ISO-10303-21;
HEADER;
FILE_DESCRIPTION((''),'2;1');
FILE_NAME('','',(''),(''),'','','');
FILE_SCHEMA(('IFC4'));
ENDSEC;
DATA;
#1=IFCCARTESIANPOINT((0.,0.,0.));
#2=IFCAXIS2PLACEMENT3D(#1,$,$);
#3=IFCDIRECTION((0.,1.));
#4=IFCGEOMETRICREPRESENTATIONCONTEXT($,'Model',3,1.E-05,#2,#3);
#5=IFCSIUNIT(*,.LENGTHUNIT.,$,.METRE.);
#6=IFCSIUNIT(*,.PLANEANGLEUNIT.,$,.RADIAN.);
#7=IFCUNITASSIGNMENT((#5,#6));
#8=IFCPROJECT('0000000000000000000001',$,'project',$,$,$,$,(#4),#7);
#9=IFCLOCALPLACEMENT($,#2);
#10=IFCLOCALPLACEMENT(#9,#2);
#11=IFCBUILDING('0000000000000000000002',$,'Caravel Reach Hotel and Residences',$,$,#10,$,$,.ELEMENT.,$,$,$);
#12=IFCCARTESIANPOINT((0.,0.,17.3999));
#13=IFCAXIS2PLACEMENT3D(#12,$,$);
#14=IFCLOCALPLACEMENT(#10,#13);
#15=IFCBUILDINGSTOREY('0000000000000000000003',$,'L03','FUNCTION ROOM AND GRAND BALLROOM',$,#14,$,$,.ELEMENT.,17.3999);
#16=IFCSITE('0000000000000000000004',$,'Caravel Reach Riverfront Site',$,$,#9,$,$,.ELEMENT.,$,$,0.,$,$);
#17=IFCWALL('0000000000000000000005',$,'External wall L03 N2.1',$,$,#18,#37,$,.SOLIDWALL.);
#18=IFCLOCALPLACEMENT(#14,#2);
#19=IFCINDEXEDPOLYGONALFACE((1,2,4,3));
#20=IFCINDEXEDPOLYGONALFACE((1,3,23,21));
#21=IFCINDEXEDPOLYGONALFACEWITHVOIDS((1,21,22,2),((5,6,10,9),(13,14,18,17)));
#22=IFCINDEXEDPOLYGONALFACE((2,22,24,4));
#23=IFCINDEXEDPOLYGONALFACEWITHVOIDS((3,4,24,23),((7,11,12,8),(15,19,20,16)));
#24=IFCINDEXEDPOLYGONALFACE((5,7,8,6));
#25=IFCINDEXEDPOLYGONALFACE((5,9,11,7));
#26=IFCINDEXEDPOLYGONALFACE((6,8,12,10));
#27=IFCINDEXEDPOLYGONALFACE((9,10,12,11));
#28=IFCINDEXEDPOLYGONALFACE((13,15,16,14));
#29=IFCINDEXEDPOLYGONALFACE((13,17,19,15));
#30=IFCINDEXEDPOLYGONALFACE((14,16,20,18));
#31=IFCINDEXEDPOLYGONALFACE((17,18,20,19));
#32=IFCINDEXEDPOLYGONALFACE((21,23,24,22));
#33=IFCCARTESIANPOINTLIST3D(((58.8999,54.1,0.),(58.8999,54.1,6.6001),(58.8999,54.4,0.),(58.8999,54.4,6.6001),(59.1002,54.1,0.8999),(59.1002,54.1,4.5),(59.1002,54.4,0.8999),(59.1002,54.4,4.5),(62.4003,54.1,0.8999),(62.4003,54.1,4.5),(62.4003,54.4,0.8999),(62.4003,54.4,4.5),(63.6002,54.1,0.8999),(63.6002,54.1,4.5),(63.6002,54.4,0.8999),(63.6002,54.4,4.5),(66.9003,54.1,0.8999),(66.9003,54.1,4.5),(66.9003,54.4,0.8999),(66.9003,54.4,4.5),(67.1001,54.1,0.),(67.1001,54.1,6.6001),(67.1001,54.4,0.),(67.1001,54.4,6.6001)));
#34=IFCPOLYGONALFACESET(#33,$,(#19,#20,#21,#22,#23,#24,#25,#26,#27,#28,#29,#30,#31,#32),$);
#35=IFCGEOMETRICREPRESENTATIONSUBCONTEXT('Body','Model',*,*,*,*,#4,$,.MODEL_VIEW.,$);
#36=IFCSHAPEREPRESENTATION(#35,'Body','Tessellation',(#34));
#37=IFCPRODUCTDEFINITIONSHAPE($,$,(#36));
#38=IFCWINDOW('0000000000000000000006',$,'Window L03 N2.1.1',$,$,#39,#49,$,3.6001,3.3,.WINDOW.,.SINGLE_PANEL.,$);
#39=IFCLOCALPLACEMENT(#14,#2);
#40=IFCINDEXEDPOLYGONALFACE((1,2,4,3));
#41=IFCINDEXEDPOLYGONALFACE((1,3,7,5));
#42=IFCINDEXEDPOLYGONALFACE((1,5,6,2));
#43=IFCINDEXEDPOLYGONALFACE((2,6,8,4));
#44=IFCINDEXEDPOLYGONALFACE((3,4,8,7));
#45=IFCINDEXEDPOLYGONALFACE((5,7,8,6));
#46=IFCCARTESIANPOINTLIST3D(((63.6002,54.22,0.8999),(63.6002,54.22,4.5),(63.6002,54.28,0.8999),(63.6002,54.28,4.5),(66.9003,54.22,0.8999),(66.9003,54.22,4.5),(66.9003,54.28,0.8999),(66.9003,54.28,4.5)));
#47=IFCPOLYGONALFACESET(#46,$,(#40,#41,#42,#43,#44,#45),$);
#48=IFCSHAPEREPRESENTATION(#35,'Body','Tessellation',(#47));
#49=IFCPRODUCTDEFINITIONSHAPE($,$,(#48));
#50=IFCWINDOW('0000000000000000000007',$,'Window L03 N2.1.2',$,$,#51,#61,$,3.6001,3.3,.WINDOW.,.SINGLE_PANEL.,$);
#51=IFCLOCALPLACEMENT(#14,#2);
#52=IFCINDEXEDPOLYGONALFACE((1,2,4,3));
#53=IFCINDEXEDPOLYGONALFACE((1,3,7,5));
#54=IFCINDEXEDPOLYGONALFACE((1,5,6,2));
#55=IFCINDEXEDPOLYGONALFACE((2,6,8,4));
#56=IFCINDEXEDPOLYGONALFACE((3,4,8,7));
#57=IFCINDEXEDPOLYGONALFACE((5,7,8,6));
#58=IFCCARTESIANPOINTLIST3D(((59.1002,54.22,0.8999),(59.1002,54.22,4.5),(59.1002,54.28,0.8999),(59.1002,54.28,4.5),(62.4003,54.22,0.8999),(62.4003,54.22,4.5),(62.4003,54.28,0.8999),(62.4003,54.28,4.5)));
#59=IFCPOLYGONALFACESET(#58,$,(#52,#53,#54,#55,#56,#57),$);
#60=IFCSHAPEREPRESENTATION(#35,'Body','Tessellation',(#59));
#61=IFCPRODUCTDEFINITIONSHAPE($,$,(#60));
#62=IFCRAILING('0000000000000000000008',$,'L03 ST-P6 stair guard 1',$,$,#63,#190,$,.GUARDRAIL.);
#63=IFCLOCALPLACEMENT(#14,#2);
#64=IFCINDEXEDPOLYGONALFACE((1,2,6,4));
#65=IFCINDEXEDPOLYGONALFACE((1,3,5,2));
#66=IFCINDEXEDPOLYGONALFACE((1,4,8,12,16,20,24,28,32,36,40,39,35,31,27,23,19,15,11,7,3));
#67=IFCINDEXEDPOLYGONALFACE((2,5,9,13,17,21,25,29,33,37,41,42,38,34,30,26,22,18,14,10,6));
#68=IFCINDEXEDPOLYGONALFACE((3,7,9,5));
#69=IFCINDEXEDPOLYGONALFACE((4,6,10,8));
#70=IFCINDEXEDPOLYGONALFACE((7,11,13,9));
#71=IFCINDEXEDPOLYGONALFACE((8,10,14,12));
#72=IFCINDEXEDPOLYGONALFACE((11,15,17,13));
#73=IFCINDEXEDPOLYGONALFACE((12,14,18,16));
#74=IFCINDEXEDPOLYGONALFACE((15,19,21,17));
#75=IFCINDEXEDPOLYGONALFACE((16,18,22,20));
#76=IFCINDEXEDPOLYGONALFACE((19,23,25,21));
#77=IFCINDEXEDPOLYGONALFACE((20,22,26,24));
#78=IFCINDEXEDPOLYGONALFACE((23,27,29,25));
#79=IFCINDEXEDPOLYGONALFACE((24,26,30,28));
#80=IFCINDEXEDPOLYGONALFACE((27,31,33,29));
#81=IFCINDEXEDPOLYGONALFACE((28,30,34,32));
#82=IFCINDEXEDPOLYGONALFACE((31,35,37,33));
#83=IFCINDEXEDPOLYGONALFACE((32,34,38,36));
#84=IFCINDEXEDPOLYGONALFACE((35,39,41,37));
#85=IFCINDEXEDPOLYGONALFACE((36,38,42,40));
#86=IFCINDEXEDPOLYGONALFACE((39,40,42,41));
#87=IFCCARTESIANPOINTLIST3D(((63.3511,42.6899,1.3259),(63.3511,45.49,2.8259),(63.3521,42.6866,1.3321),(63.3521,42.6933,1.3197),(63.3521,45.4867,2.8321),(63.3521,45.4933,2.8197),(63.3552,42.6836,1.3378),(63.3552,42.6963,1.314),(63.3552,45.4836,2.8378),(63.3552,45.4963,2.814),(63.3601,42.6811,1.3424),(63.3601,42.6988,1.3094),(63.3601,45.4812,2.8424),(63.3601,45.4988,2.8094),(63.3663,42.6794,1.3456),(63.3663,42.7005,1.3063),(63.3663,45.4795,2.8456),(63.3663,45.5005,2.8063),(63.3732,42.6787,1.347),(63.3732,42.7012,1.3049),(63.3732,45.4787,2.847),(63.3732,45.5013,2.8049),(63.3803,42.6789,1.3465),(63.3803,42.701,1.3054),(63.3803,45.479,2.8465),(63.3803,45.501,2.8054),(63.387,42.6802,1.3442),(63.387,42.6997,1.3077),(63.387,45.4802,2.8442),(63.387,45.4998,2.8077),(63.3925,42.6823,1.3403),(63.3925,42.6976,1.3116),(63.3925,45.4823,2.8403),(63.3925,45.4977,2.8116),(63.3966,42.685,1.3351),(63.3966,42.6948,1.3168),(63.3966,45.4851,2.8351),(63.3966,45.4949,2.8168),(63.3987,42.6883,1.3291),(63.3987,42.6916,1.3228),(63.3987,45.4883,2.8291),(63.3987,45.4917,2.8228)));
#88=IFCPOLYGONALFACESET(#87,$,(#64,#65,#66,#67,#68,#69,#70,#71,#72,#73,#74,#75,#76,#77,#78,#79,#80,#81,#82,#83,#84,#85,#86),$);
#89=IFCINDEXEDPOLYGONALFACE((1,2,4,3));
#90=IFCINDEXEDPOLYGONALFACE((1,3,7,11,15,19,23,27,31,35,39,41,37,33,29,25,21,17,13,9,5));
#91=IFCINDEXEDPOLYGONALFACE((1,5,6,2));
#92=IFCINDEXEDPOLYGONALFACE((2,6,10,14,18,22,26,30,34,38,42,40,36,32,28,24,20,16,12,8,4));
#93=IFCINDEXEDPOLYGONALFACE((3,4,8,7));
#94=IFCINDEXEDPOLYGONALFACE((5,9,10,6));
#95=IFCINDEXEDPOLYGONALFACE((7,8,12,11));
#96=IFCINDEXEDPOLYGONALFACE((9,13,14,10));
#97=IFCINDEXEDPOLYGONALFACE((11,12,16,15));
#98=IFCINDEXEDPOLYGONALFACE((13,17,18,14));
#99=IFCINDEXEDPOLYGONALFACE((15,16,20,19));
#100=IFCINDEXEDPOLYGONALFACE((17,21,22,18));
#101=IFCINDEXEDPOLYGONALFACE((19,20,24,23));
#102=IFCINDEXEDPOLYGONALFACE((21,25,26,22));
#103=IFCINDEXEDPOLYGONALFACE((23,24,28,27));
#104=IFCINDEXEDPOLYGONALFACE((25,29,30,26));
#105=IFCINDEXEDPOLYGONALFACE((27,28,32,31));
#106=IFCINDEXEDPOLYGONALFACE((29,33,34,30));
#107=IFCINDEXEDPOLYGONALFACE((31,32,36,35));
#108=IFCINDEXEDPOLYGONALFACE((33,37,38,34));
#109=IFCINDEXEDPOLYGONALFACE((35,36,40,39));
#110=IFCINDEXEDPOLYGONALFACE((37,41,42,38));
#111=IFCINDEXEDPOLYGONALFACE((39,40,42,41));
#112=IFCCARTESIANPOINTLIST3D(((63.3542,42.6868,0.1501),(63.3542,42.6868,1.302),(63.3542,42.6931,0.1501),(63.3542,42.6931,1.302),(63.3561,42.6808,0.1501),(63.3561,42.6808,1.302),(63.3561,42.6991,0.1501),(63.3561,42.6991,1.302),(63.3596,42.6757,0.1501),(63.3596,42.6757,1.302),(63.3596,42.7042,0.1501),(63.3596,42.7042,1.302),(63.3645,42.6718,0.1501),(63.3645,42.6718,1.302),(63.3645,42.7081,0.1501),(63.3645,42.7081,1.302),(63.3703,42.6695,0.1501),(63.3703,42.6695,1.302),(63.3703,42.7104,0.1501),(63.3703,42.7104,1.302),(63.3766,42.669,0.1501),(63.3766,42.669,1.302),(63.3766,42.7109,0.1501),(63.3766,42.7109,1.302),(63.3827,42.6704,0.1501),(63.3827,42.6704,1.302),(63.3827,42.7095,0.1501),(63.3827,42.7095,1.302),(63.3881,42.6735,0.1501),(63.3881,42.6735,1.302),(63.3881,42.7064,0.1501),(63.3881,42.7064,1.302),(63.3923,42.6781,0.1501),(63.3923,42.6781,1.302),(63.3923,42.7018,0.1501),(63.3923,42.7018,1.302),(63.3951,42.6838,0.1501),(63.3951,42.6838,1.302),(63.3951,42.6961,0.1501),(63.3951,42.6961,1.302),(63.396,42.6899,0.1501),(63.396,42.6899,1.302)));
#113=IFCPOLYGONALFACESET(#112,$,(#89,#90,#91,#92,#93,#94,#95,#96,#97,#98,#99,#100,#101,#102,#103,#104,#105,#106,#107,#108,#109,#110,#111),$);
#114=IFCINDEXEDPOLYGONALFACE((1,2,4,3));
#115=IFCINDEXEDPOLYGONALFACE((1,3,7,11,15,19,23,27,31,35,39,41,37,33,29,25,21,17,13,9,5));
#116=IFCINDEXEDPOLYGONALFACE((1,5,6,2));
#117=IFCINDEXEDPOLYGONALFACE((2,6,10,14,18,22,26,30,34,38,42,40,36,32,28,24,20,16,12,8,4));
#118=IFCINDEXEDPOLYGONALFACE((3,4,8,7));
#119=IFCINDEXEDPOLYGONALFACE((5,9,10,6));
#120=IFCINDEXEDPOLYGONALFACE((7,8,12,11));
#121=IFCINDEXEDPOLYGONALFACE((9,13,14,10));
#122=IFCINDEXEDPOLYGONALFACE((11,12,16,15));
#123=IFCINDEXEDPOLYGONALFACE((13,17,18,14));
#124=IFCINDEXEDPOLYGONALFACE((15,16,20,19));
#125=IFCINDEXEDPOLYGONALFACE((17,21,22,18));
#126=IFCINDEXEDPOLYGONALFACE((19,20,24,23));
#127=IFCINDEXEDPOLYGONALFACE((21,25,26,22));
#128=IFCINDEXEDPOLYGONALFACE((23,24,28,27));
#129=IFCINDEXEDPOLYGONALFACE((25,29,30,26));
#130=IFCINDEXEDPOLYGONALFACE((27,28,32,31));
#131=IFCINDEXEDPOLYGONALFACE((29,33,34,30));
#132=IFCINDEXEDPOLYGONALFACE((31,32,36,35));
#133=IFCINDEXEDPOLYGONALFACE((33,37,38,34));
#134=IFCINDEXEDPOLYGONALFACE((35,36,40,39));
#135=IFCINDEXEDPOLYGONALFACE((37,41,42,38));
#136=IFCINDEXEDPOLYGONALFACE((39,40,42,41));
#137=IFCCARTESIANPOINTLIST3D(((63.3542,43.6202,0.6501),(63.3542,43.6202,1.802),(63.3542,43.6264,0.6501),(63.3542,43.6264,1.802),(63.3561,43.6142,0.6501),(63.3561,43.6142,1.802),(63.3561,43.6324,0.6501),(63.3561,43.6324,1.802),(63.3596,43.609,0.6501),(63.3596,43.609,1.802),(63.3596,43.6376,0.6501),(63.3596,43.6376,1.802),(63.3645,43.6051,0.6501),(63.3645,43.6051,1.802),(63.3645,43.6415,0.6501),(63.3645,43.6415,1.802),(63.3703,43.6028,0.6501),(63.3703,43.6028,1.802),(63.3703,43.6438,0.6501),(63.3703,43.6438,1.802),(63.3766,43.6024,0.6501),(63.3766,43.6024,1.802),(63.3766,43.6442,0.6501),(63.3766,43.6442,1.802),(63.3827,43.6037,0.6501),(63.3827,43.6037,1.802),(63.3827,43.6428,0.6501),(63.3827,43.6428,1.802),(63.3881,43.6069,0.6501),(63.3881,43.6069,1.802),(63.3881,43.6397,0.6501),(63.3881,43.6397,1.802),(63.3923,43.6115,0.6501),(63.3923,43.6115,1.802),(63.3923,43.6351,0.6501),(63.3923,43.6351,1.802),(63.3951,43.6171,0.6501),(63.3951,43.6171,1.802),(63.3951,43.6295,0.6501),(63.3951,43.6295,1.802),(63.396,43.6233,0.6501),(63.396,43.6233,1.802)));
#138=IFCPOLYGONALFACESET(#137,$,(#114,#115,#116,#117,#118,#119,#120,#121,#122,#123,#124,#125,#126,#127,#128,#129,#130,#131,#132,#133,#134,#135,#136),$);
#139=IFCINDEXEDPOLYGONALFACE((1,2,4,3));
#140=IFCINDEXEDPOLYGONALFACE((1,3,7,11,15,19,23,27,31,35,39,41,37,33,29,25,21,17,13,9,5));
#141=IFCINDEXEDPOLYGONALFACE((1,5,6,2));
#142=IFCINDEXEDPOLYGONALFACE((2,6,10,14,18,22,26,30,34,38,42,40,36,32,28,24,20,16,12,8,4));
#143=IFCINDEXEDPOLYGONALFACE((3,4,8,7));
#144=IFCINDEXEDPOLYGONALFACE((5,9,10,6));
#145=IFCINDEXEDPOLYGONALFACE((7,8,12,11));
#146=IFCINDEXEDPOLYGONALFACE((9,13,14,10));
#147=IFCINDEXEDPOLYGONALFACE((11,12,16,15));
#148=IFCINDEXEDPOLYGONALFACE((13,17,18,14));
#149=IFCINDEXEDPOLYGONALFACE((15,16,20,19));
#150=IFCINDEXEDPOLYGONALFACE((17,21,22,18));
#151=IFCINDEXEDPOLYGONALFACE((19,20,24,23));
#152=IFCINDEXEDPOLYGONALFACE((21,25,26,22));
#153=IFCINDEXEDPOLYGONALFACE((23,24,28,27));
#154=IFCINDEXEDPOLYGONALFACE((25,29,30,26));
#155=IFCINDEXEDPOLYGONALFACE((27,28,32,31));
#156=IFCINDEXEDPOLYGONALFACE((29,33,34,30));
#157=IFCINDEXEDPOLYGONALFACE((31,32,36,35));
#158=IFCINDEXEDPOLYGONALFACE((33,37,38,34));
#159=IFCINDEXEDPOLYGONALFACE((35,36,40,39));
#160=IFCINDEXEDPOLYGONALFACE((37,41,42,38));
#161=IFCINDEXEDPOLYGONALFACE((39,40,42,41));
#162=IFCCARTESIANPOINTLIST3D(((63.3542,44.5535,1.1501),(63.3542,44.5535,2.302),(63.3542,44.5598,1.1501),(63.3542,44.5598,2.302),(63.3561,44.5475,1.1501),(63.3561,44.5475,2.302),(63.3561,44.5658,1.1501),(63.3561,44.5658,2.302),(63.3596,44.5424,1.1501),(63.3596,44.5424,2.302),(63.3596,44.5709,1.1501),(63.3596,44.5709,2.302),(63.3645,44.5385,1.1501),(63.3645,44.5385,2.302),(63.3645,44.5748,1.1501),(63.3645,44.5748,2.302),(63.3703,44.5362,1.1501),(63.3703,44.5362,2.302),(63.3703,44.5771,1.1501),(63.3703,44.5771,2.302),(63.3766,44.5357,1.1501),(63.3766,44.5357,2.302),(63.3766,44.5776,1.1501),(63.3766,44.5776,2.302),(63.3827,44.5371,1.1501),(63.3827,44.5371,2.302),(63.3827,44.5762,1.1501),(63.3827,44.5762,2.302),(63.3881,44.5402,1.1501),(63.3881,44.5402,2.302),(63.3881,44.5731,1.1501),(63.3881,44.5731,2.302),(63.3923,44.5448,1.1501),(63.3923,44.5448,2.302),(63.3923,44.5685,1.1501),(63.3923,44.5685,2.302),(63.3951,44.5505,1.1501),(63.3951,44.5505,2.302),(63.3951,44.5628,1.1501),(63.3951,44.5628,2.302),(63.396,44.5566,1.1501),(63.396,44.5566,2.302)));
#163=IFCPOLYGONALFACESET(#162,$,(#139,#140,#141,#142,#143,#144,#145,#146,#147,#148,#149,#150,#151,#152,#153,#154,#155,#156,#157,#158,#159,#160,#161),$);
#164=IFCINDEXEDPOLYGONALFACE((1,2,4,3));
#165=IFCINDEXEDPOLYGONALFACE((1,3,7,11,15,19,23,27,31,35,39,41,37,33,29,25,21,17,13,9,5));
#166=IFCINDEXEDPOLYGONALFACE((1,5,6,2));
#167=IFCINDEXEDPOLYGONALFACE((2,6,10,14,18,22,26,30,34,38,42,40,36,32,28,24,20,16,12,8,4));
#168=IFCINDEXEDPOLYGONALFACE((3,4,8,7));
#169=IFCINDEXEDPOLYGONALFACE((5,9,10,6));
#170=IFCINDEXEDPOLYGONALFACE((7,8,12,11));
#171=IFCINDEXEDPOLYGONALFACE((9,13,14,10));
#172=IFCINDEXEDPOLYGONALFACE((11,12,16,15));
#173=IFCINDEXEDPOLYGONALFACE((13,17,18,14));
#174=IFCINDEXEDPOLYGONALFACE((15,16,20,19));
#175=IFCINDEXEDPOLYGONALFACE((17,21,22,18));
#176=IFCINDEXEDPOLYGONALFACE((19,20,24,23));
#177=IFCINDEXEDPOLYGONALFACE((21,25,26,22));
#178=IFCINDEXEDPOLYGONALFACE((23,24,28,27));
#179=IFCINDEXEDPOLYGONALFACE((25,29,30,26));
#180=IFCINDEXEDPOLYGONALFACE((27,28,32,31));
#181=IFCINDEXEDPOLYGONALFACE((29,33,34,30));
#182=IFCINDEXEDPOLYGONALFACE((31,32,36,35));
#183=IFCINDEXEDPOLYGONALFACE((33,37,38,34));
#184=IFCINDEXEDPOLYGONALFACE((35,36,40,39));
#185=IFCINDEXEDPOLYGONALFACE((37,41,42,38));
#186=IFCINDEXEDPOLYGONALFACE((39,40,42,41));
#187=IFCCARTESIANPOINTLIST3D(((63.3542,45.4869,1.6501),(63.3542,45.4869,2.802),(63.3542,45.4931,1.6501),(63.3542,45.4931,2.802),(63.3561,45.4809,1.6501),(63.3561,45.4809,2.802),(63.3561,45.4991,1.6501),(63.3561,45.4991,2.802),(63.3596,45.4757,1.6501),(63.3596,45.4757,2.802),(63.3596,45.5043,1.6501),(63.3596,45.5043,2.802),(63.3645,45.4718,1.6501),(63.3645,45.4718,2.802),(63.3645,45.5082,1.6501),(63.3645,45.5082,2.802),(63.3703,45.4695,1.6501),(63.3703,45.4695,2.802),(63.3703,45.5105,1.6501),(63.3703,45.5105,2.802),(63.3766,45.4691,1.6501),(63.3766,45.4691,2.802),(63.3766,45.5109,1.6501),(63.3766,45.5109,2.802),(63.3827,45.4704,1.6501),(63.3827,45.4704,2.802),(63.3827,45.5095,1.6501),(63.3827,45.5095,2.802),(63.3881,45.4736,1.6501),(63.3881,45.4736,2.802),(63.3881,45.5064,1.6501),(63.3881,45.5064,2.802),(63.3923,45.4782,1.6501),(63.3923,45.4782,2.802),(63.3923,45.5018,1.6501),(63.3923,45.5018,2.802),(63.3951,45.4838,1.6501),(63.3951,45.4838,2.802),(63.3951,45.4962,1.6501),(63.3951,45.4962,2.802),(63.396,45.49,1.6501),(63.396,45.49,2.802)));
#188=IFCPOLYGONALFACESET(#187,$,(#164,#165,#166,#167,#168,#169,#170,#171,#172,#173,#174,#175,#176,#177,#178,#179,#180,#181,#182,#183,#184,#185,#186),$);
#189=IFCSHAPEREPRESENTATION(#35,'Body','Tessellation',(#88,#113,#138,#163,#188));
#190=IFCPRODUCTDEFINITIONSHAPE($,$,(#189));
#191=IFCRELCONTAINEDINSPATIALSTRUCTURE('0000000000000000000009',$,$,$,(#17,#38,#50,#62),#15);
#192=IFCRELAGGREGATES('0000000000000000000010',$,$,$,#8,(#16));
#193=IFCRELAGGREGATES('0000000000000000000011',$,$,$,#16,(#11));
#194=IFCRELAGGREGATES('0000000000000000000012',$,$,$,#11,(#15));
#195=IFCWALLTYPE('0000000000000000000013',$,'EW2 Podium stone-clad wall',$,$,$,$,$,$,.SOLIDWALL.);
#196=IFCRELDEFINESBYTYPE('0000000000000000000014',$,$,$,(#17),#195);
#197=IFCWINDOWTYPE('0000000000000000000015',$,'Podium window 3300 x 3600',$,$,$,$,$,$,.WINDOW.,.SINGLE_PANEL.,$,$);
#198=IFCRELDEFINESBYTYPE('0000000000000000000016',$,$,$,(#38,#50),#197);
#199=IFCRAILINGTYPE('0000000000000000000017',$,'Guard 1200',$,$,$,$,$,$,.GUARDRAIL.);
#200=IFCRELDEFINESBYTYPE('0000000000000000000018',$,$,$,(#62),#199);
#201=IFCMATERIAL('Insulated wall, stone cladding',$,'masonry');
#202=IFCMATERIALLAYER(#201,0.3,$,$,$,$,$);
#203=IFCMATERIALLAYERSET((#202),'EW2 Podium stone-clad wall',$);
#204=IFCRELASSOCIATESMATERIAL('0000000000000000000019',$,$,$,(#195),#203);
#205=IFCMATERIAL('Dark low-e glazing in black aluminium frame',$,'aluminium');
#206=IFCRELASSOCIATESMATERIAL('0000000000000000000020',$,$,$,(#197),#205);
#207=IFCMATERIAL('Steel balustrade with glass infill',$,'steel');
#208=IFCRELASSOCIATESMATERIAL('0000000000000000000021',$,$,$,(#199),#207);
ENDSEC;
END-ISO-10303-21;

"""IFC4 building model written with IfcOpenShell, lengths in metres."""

from ifc_helpers import new_model, si_unit, direction, frame, frame_2d, origin, origin_2d, place, context, subcontext, project, spatial, rectangle, circle, extrude, material, layer, layer_set, type_object, element, fill, save


model = new_model("IFC4")

# Units and contexts
model_context = context("Model", 3, precision=1e-05, world=origin(), true_north=direction((0.0, 1.0)))
body_context = subcontext(model_context, "Body", "Model", "MODEL_VIEW")
ifc_project = project(units=[si_unit("LENGTHUNIT", "METRE"), si_unit("PLANEANGLEUNIT", "RADIAN")], contexts=[model_context])

# Site, building, storey
site_placement = place(None, origin())
site = spatial("IfcSite", under=ifc_project, at=site_placement, Name="Caravel Reach Riverfront Site", CompositionType="ELEMENT", RefElevation=0.0)
building_placement = place(site_placement, origin())
building = spatial("IfcBuilding", under=site, at=building_placement, Name="Caravel Reach Hotel and Residences", CompositionType="ELEMENT")
storey_placement = place(building_placement, frame((0.0, 0.0, 17.3999)))
storey = spatial("IfcBuildingStorey", under=building, at=storey_placement, Name="L03", Description="FUNCTION ROOM AND GRAND BALLROOM", CompositionType="ELEMENT", Elevation=17.3999)

# Wall, openings, windows
ifc_material_1 = material(Name="Insulated wall, stone cladding", Category="masonry")
ifc_layer = layer(ifc_material_1, 0.3)
ifc_layer_set = layer_set([ifc_layer], Name="EW2 Podium stone-clad wall")
wall_type = type_object("IfcWallType", Name="EW2 Podium stone-clad wall", PredefinedType="SOLIDWALL", material=ifc_layer_set)
ifc_material_2 = material(Name="Dark low-e glazing in black aluminium frame", Category="aluminium")
window_type = type_object("IfcWindowType", Name="Podium window 3300 x 3600", PartitioningType="SINGLE_PANEL", PredefinedType="WINDOW", material=ifc_material_2)
wall_1_placement = place(storey_placement, frame((67.1001, 54.25, 0.0), z_axis=(0.0, 0.0, 1.0), x_axis=(-1.0, 0.0, 0.0)))
wall_1 = element("IfcWall", 1, at=wall_1_placement, inside=storey, type_object=wall_type, Name="External wall L03 N2.1", PredefinedType="SOLIDWALL", context=body_context, shape_type="SweptSolid", body=[
    extrude(rectangle(XDim=8.2002, YDim=0.3, at=frame_2d((4.1001, 0.0))), origin(), (0.0, 0.0, 1.0), 6.6001),
])
opening_1_placement = place(wall_1_placement, frame((0.2, 0.0, 0.8999)))
opening_1 = element("IfcOpeningElement", 2, at=opening_1_placement, cuts=wall_1, PredefinedType="OPENING", context=body_context, shape_type="SweptSolid", body=[
    extrude(rectangle(XDim=3.3, YDim=3.6001, at=frame_2d((1.6499, 1.8))), frame((0.0, 0.1599, 0.0), z_axis=(0.0, -1.0, 0.0), x_axis=(1.0, 0.0, 0.0)), (0.0, 0.0, 1.0), 0.3201),
])
opening_2_placement = place(wall_1_placement, frame((4.7, 0.0, 0.8999)))
opening_2 = element("IfcOpeningElement", 3, at=opening_2_placement, cuts=wall_1, PredefinedType="OPENING", context=body_context, shape_type="SweptSolid", body=[
    extrude(rectangle(XDim=3.3, YDim=3.6001, at=frame_2d((1.6499, 1.8))), frame((0.0, 0.1599, 0.0), z_axis=(0.0, -1.0, 0.0), x_axis=(1.0, 0.0, 0.0)), (0.0, 0.0, 1.0), 0.3201),
])
window_1_placement = place(opening_1_placement, origin())
window_1 = element("IfcWindow", 4, at=window_1_placement, inside=storey, type_object=window_type, Name="Window L03 N2.1.1", OverallHeight=3.6001, OverallWidth=3.3, PartitioningType="SINGLE_PANEL", PredefinedType="WINDOW", context=body_context, shape_type="SweptSolid", body=[
    extrude(rectangle(XDim=3.3, YDim=3.6001, at=frame_2d((1.6499, 1.8))), frame((0.0, 0.03, 0.0), z_axis=(0.0, -1.0, 0.0), x_axis=(1.0, 0.0, 0.0)), (0.0, 0.0, 1.0), 0.0601),
])
fill(opening_1, window_1)
window_2_placement = place(opening_2_placement, origin())
window_2 = element("IfcWindow", 5, at=window_2_placement, inside=storey, type_object=window_type, Name="Window L03 N2.1.2", OverallHeight=3.6001, OverallWidth=3.3, PartitioningType="SINGLE_PANEL", PredefinedType="WINDOW", context=body_context, shape_type="SweptSolid", body=[
    extrude(rectangle(XDim=3.3, YDim=3.6001, at=frame_2d((1.6499, 1.8))), frame((0.0, 0.03, 0.0), z_axis=(0.0, -1.0, 0.0), x_axis=(1.0, 0.0, 0.0)), (0.0, 0.0, 1.0), 0.0601),
])
fill(opening_2, window_2)

# Railing
ifc_material_3 = material(Name="Steel balustrade with glass infill", Category="steel")
railing_type_1 = type_object("IfcRailingType", Name="Guard 1200", PredefinedType="GUARDRAIL", material=ifc_material_3)
railing_1_placement = place(storey_placement, frame((63.375, 42.6899, 0.1501)))
element("IfcRailing", 6, at=railing_1_placement, inside=storey, type_object=railing_type_1, Name="L03 ST-P6 stair guard 1", PredefinedType="GUARDRAIL", context=body_context, shape_type="SweptSolid", body=[
    extrude(circle(Radius=0.0239, at=origin_2d()), frame((0.0, 0.0, 1.1758), z_axis=(0.0, 0.881483, 0.472215), x_axis=(-1.0, 0.0, 0.0)), (0.0, 0.0, 1.0), 3.1765),
    extrude(circle(Radius=0.021, at=origin_2d()), origin(), (0.0, 0.0, 1.0), 1.1519),
    extrude(circle(Radius=0.021, at=origin_2d()), frame((0.0, 0.9333, 0.5)), (0.0, 0.0, 1.0), 1.1519),
    extrude(circle(Radius=0.021, at=origin_2d()), frame((0.0, 1.8667, 1.0)), (0.0, 0.0, 1.0), 1.1519),
    extrude(circle(Radius=0.021, at=origin_2d()), frame((0.0, 2.8, 1.5)), (0.0, 0.0, 1.0), 1.1519),
])

save(model, "model.ifc")
